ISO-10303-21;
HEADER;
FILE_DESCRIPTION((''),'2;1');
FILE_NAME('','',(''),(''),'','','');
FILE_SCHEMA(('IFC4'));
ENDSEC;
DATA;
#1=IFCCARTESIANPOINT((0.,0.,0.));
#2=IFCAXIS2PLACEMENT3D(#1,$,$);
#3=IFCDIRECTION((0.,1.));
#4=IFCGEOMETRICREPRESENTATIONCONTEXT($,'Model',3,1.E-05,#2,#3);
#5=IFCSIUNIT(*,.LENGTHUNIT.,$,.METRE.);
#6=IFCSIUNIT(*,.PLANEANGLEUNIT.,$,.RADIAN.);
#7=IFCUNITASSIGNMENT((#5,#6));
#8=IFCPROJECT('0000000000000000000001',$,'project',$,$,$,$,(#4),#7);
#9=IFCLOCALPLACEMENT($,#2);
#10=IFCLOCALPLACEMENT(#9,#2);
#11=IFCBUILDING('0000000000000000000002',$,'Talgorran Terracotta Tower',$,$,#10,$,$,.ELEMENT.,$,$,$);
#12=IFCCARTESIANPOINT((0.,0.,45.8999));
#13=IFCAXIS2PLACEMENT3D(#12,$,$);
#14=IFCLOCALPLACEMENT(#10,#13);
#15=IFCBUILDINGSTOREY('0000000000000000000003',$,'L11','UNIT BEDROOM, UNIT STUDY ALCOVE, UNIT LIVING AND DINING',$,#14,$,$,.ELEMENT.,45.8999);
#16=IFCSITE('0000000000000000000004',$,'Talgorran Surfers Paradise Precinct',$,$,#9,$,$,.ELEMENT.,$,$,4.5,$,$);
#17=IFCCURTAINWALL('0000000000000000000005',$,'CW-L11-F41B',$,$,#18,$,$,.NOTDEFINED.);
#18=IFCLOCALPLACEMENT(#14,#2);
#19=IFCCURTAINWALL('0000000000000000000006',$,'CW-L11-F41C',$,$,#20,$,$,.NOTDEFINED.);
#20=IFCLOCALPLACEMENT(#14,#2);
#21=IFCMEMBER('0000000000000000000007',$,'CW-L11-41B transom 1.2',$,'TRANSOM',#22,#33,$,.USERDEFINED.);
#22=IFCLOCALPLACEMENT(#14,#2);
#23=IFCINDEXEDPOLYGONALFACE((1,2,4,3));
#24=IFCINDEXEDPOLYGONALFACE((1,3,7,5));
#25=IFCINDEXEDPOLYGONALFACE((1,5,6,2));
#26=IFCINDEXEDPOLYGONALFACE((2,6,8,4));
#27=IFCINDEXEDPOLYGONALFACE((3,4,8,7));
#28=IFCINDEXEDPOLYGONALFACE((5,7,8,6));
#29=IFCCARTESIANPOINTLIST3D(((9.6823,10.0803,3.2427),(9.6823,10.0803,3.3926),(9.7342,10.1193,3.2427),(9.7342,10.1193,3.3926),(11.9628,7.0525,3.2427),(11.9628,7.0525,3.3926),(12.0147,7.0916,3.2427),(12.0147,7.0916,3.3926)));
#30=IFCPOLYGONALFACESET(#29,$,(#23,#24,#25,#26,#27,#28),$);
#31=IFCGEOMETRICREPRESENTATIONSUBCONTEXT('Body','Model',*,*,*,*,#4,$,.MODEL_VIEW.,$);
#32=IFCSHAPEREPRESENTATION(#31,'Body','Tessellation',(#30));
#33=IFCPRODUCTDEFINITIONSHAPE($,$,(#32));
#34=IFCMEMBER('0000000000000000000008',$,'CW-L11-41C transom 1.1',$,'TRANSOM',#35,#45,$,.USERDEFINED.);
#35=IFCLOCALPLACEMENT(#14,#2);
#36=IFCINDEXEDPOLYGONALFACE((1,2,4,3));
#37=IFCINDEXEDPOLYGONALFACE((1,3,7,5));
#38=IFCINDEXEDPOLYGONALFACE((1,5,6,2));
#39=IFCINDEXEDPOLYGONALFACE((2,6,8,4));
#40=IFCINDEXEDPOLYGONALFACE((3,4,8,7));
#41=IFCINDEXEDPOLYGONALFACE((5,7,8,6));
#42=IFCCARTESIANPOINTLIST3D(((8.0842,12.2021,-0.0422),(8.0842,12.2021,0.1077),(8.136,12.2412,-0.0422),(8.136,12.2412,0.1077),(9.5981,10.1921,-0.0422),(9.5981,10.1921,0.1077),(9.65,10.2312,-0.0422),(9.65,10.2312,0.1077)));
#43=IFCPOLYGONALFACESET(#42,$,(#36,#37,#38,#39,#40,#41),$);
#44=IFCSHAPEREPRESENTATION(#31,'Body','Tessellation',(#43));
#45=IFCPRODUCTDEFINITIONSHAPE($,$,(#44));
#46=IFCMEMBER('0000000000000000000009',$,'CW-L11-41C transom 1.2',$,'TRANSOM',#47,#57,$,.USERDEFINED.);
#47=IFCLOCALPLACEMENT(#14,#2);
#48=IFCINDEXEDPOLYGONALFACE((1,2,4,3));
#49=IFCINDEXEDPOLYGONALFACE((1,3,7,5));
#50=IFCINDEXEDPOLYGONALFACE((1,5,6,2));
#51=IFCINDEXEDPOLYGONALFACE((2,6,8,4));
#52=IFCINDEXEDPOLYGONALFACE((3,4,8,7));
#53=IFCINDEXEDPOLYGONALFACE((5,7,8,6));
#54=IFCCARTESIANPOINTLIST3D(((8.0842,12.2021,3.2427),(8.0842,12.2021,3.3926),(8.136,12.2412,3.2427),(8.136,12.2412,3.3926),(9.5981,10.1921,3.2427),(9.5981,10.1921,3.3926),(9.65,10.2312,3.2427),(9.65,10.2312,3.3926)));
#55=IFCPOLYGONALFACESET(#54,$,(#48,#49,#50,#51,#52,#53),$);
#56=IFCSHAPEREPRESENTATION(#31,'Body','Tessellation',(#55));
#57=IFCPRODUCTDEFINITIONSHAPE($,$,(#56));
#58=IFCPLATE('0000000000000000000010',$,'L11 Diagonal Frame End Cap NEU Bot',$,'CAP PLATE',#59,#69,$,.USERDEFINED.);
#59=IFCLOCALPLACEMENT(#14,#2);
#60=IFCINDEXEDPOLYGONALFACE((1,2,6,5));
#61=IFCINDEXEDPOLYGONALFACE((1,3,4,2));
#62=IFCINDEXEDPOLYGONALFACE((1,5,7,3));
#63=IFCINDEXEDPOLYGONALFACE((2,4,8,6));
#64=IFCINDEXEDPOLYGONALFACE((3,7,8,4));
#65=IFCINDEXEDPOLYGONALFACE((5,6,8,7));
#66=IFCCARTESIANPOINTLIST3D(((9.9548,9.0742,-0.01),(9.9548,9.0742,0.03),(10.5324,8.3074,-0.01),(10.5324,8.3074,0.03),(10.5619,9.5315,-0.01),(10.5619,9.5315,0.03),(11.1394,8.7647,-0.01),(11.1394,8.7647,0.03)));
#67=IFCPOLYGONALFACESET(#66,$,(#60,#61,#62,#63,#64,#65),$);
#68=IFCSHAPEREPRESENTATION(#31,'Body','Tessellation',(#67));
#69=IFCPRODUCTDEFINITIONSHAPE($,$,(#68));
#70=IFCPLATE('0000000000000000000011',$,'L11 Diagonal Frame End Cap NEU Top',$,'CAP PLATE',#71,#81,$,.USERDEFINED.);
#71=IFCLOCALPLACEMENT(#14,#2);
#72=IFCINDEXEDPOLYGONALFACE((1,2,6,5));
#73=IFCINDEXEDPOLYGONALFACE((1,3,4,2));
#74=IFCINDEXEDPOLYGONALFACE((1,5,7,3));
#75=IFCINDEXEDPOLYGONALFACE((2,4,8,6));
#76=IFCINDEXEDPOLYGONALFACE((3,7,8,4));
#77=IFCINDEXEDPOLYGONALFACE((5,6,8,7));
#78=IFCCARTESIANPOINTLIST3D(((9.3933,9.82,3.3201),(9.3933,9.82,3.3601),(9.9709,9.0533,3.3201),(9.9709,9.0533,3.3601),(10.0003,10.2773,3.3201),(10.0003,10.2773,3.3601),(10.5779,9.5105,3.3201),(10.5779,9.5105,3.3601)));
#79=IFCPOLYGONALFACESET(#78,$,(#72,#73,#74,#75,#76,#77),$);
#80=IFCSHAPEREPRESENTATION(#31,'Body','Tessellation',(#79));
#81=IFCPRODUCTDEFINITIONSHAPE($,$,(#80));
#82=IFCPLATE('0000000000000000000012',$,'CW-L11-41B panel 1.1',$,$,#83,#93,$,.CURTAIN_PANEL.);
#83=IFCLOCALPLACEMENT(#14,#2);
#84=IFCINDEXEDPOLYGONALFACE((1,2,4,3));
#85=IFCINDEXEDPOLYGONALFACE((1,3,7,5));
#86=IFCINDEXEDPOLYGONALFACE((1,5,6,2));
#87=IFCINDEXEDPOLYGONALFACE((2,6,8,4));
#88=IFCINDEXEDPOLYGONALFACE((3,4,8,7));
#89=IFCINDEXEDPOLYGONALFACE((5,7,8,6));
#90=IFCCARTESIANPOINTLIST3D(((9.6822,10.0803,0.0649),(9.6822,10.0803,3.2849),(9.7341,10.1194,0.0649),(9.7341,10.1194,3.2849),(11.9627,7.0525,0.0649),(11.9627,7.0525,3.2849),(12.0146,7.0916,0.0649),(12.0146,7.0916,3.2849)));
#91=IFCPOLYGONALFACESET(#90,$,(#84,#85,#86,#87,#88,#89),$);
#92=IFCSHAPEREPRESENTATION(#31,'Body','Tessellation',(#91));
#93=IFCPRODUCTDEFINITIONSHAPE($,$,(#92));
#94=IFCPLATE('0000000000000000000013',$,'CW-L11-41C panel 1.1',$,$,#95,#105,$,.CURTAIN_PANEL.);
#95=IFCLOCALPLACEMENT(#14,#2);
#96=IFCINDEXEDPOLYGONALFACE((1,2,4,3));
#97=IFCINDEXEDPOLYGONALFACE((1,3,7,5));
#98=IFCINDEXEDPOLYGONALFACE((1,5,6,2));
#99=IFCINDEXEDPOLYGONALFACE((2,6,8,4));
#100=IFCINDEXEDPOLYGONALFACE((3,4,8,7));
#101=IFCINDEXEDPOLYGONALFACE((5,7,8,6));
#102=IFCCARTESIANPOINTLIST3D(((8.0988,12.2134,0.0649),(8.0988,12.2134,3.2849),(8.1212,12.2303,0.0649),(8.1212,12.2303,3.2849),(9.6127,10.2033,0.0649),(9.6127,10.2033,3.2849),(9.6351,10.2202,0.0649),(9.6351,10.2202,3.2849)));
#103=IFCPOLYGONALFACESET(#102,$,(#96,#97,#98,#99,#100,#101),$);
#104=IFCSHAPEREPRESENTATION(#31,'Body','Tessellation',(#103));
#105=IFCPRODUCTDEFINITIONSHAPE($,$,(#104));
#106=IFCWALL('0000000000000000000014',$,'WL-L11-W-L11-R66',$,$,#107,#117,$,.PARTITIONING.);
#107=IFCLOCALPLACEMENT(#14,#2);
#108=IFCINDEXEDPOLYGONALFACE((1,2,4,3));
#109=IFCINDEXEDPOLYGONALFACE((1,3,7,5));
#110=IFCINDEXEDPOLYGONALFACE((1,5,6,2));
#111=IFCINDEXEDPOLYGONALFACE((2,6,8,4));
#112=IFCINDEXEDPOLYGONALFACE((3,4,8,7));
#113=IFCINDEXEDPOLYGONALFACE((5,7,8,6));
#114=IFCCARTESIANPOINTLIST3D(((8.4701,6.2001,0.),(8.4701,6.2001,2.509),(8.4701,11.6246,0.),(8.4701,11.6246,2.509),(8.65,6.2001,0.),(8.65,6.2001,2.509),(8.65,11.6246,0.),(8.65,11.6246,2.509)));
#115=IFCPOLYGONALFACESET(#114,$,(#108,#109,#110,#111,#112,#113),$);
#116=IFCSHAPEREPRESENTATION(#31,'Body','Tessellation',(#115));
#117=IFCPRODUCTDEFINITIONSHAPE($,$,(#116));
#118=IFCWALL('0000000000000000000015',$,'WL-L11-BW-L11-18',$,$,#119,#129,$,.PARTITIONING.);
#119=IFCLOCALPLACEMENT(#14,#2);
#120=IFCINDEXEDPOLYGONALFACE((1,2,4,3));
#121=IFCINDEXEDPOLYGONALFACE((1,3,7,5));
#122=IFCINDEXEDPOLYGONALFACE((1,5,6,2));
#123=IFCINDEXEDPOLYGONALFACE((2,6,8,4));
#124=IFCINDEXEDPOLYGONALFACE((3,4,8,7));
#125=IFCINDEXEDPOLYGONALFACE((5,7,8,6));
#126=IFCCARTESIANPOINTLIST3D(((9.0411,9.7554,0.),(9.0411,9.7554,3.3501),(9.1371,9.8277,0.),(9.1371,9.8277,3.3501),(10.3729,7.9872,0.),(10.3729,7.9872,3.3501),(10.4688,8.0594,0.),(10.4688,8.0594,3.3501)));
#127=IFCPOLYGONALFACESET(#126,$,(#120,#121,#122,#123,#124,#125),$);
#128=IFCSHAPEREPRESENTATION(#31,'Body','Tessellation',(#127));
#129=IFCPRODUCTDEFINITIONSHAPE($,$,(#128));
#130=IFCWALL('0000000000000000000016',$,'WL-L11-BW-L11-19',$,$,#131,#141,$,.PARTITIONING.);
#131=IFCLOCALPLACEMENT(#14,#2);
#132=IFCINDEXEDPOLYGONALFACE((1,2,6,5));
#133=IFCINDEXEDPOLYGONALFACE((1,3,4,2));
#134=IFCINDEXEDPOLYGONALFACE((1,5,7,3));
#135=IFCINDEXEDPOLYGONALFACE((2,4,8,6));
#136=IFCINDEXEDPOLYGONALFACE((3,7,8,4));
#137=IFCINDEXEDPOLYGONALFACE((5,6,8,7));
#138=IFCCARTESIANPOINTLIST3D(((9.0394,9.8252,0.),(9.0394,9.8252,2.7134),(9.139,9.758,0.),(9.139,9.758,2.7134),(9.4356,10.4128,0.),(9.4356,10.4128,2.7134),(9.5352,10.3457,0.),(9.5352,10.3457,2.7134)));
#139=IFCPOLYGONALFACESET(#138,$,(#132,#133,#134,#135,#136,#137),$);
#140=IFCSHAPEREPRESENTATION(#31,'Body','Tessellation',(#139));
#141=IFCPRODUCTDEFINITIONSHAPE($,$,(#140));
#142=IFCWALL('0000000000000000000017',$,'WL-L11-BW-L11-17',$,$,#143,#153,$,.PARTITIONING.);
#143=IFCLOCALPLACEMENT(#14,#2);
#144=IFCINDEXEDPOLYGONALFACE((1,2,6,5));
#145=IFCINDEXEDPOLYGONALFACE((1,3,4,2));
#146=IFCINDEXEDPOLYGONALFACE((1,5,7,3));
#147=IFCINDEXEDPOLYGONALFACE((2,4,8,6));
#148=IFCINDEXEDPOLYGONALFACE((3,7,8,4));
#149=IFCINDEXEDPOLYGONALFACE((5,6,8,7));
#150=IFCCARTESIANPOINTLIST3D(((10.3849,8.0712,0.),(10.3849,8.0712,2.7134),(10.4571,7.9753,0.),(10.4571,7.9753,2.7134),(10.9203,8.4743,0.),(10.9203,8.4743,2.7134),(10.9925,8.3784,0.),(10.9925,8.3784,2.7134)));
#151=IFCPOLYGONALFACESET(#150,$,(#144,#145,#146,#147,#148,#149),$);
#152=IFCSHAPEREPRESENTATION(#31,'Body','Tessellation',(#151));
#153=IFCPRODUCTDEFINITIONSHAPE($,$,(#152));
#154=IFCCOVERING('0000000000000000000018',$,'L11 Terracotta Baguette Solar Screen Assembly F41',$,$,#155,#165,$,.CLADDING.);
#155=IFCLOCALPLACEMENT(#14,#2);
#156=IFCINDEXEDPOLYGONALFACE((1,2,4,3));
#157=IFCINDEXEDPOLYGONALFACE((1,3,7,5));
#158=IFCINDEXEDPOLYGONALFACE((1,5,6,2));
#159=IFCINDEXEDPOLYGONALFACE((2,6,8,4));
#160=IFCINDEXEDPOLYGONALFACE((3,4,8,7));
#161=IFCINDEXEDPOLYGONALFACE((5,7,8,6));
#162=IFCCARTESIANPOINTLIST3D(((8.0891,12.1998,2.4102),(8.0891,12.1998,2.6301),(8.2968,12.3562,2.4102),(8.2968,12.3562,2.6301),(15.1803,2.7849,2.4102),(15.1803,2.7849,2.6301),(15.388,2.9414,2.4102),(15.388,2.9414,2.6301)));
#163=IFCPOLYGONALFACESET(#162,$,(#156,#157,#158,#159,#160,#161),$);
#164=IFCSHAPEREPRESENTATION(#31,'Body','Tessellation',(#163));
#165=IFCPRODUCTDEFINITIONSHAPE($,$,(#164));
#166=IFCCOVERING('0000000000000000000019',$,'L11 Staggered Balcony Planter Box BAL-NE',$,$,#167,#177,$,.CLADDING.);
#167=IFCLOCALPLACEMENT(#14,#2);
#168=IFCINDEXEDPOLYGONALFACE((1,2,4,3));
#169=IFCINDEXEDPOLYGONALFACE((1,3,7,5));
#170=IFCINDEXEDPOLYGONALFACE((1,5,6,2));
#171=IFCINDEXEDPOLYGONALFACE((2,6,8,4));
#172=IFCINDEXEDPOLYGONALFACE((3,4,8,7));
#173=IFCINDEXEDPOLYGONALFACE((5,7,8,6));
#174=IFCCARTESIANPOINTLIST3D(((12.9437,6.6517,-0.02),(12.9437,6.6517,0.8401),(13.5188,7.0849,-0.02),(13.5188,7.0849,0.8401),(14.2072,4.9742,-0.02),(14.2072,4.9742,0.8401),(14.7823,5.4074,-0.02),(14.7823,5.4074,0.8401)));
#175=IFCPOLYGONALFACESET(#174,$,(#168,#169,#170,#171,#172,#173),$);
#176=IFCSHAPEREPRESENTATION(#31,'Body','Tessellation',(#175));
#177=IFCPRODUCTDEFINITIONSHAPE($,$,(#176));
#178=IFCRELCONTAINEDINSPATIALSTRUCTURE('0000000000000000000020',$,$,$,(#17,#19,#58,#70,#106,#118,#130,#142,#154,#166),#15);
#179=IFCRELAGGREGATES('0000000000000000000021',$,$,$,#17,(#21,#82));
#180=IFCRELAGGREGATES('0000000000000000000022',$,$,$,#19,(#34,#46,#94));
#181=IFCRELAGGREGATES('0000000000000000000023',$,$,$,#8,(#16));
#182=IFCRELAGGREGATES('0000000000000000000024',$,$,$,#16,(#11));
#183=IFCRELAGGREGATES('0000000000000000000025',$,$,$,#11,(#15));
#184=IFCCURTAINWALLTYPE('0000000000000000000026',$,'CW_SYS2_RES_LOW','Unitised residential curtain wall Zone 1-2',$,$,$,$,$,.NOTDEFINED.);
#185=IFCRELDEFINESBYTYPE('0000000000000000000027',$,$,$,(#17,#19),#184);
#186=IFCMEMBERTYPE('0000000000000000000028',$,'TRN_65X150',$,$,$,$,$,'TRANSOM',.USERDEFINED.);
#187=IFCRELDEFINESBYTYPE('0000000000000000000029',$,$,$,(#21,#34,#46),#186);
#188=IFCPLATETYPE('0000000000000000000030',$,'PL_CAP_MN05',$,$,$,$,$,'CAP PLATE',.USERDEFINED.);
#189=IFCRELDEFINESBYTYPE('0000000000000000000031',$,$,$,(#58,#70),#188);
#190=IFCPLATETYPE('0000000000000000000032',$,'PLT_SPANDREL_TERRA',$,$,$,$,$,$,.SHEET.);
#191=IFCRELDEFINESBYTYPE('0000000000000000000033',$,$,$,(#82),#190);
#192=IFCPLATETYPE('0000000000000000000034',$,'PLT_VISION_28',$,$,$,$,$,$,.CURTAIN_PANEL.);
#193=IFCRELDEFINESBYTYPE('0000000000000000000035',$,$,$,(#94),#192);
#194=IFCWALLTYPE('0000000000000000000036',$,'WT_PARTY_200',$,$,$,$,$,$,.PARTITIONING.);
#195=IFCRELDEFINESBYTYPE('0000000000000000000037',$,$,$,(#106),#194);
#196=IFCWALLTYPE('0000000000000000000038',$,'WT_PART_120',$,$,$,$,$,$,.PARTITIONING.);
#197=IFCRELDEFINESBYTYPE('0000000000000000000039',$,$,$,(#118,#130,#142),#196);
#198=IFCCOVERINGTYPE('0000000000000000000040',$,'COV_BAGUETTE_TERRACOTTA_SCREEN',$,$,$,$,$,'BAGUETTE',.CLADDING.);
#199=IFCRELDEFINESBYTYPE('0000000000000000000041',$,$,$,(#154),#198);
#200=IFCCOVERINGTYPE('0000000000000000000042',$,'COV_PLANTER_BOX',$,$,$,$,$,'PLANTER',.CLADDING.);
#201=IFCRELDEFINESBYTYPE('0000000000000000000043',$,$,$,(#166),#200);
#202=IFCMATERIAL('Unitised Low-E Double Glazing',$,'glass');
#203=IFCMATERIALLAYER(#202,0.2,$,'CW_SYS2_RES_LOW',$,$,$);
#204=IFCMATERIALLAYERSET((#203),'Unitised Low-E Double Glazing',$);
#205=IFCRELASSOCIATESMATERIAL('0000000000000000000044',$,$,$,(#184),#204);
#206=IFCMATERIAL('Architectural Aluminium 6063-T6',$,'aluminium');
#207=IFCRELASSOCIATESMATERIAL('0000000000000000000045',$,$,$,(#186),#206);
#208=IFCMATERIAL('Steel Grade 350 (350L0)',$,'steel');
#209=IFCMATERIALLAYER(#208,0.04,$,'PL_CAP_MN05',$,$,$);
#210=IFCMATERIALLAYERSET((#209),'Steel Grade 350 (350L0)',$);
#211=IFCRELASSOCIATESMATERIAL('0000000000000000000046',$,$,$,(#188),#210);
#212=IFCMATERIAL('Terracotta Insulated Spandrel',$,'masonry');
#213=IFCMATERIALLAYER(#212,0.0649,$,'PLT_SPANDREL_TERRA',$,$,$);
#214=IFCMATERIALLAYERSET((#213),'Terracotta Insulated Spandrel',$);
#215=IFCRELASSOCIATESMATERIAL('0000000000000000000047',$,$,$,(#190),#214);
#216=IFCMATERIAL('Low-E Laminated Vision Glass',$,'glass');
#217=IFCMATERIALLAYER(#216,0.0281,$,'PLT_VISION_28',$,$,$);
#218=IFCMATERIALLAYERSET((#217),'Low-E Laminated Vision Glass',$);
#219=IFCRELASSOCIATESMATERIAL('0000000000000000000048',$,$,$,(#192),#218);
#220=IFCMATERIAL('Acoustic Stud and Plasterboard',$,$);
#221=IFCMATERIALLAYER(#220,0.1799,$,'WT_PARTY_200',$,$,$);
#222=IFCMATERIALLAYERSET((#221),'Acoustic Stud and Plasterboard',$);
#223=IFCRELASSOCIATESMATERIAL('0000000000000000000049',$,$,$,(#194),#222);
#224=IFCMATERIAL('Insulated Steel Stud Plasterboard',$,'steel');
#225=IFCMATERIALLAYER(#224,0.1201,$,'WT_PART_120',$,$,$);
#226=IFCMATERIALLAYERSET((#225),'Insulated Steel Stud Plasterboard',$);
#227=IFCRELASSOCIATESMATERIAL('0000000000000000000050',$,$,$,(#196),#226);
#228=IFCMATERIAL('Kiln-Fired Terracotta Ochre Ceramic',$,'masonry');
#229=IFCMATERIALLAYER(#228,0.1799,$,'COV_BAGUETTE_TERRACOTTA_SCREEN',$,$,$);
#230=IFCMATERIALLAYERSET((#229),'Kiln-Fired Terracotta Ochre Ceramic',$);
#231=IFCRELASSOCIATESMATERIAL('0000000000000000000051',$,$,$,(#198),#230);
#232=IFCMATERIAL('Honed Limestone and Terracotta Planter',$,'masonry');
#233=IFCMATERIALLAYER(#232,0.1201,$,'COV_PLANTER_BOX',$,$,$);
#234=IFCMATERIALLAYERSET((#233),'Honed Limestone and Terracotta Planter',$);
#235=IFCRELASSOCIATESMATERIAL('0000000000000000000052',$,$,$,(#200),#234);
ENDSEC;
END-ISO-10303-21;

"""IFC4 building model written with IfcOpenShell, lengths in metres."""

from ifc_helpers import new_model, si_unit, direction, frame, frame_2d, origin, origin_2d, place, context, subcontext, project, spatial, rectangle, extrude, source, transform, mapped, material, layer, layer_set, material_profile, profile_set, type_object, type_shapes, element, aggregate, save


model = new_model("IFC4")

# Units and contexts
model_context = context("Model", 3, precision=1e-05, world=origin(), true_north=direction((0.0, 1.0)))
body_context = subcontext(model_context, "Body", "Model", "MODEL_VIEW")
ifc_project = project(units=[si_unit("LENGTHUNIT", "METRE"), si_unit("PLANEANGLEUNIT", "RADIAN")], contexts=[model_context])

# Site, building, storey
site_placement = place(None, origin())
site = spatial("IfcSite", under=ifc_project, at=site_placement, Name="Talgorran Surfers Paradise Precinct", CompositionType="ELEMENT", RefElevation=4.5)
building_placement = place(site_placement, origin())
building = spatial("IfcBuilding", under=site, at=building_placement, Name="Talgorran Terracotta Tower", CompositionType="ELEMENT")
storey_placement = place(building_placement, frame((0.0, 0.0, 45.8999)))
storey = spatial("IfcBuildingStorey", under=building, at=storey_placement, Name="L11", Description="UNIT BEDROOM, UNIT STUDY ALCOVE, UNIT LIVING AND DINING", CompositionType="ELEMENT", Elevation=45.8999)

# Shared definitions
ifc_material_1 = material(Name="Steel Grade 350 (350L0)", Category="steel")

# Shared definitions
ifc_material_2 = material(Name="Unitised Low-E Double Glazing", Category="glass")
ifc_layer_1 = layer(ifc_material_2, 0.2, Name="CW_SYS2_RES_LOW")
ifc_layer_set_1 = layer_set([ifc_layer_1], Name="Unitised Low-E Double Glazing")
curtain_wall_type = type_object("IfcCurtainWallType", Name="CW_SYS2_RES_LOW", Description="Unitised residential curtain wall Zone 1-2", PredefinedType="NOTDEFINED", material=ifc_layer_set_1)
ifc_material_3 = material(Name="Architectural Aluminium 6063-T6", Category="aluminium")

# Curtain wall
curtain_wall_1_placement = place(storey_placement, origin())
curtain_wall_1 = element("IfcCurtainWall", 1, at=curtain_wall_1_placement, inside=storey, type_object=curtain_wall_type, Name="CW-L11-F41B", PredefinedType="NOTDEFINED")

# Curtain wall
curtain_wall_2_placement = place(storey_placement, origin())
curtain_wall_2 = element("IfcCurtainWall", 2, at=curtain_wall_2_placement, inside=storey, type_object=curtain_wall_type, Name="CW-L11-F41C", PredefinedType="NOTDEFINED")

# Members
ifc_material_profile_1 = material_profile(ifc_material_3, rectangle(XDim=0.0649, YDim=0.1499, at=origin_2d()), Name="CWT65X150")
ifc_profile_set_1 = profile_set([ifc_material_profile_1], Name="Architectural Aluminium 6063-T6")
member_type_1 = type_object("IfcMemberType", Name="TRN_65X150", ElementType="TRANSOM", PredefinedType="USERDEFINED", material=ifc_profile_set_1)
member_1_placement = place(storey_placement, frame((11.9888, 7.072, 3.3176), z_axis=(-0.601627, 0.798777, 0.0), x_axis=(-0.798777, -0.601627, 0.0)))
member_1 = element("IfcMember", 3, at=member_1_placement, type_object=member_type_1, Name="CW-L11-41B transom 1.2", ObjectType="TRANSOM", PredefinedType="USERDEFINED", context=body_context, shape_type="SweptSolid", body=[
    extrude(rectangle(XDim=0.0649, YDim=0.1499, at=origin_2d()), origin(), (0.0, 0.0, 1.0), 3.7905),
])
member_2_placement = place(storey_placement, frame((9.624, 10.2117, 0.0327), z_axis=(-0.601629, 0.798776, 0.0), x_axis=(-0.798776, -0.601629, 0.0)))
member_2 = element("IfcMember", 4, at=member_2_placement, type_object=member_type_1, Name="CW-L11-41C transom 1.1", ObjectType="TRANSOM", PredefinedType="USERDEFINED", context=body_context, shape_type="SweptSolid", body=[
    extrude(rectangle(XDim=0.0649, YDim=0.1499, at=origin_2d()), origin(), (0.0, 0.0, 1.0), 2.5164),
])
member_3_placement = place(storey_placement, frame((9.624, 10.2117, 3.3176), z_axis=(-0.601629, 0.798776, 0.0), x_axis=(-0.798776, -0.601629, 0.0)))
member_3 = element("IfcMember", 5, at=member_3_placement, type_object=member_type_1, Name="CW-L11-41C transom 1.2", ObjectType="TRANSOM", PredefinedType="USERDEFINED", context=body_context, shape_type="SweptSolid", body=[
    extrude(rectangle(XDim=0.0649, YDim=0.1499, at=origin_2d()), origin(), (0.0, 0.0, 1.0), 2.5164),
])

# Plates
ifc_layer_2 = layer(ifc_material_1, 0.04, Name="PL_CAP_MN05")
ifc_layer_set_2 = layer_set([ifc_layer_2], Name="Steel Grade 350 (350L0)")
plate_type_1 = type_object("IfcPlateType", Name="PL_CAP_MN05", ElementType="CAP PLATE", PredefinedType="USERDEFINED", material=ifc_layer_set_2)
for number, where, z_axis, x_axis, name in (
    (6, (10.5471, 8.9194, -0.01), (0.0, 0.0, 1.0), (-0.601676, 0.798741, 0.0), "L11 Diagonal Frame End Cap NEU Bot"),
    (7, (9.9856, 9.6653, 3.3201), (0.0, 0.0, 1.0), (-0.601676, 0.798741, 0.0), "L11 Diagonal Frame End Cap NEU Top"),
):
    element("IfcPlate", number, at=place(storey_placement, frame(where, z_axis=z_axis, x_axis=x_axis)), inside=storey, type_object=plate_type_1, Name=name, ObjectType="CAP PLATE", PredefinedType="USERDEFINED", context=body_context, shape_type="SweptSolid", body=[
        extrude(rectangle(XDim=0.96, YDim=0.76, at=origin_2d()), origin(), (0.0, 0.0, 1.0), 0.04),
    ])

# Plates
ifc_material_4 = material(Name="Terracotta Insulated Spandrel", Category="masonry")
ifc_layer_3 = layer(ifc_material_4, 0.0649, Name="PLT_SPANDREL_TERRA")
ifc_layer_set_3 = layer_set([ifc_layer_3], Name="Terracotta Insulated Spandrel")
plate_type_2 = type_object("IfcPlateType", Name="PLT_SPANDREL_TERRA", PredefinedType="SHEET", material=ifc_layer_set_3)
shared_shape_1 = source(origin(), body_context, "Body", "SweptSolid", [
    extrude(rectangle(XDim=3.7905, YDim=0.0649, at=origin_2d()), origin(), (0.0, 0.0, 1.0), 3.22),
])
type_shapes(plate_type_2, [shared_shape_1])
plate_1_placement = place(storey_placement, frame((10.8484, 8.5859, 0.0649), z_axis=(0.0, 0.0, 1.0), x_axis=(-0.601631, 0.798774, 0.0)))
plate_1 = element("IfcPlate", 8, at=plate_1_placement, type_object=plate_type_2, Name="CW-L11-41B panel 1.1", PredefinedType="CURTAIN_PANEL", context=body_context, shape_type="MappedRepresentation", body=[
    mapped(shared_shape_1, transform((0.0, 0.0, 0.0), scale=1.0)),
])
aggregate(curtain_wall_1, [member_1, plate_1])
ifc_material_5 = material(Name="Low-E Laminated Vision Glass", Category="glass")
ifc_layer_4 = layer(ifc_material_5, 0.0281, Name="PLT_VISION_28")
ifc_layer_set_4 = layer_set([ifc_layer_4], Name="Low-E Laminated Vision Glass")
plate_type_3 = type_object("IfcPlateType", Name="PLT_VISION_28", PredefinedType="CURTAIN_PANEL", material=ifc_layer_set_4)
shared_shape_2 = source(origin(), body_context, "Body", "SweptSolid", [
    extrude(rectangle(XDim=2.5164, YDim=0.0281, at=origin_2d()), origin(), (0.0, 0.0, 1.0), 3.22),
])
type_shapes(plate_type_3, [shared_shape_2])
plate_2_placement = place(storey_placement, frame((8.8669, 11.2168, 0.0649), z_axis=(0.0, 0.0, 1.0), x_axis=(-0.601613, 0.798788, 0.0)))
plate_2 = element("IfcPlate", 9, at=plate_2_placement, type_object=plate_type_3, Name="CW-L11-41C panel 1.1", PredefinedType="CURTAIN_PANEL", context=body_context, shape_type="MappedRepresentation", body=[
    mapped(shared_shape_2, transform((0.0, 0.0, 0.0), scale=1.0)),
])
aggregate(curtain_wall_2, [member_2, member_3, plate_2])

# Walls
ifc_material_6 = material(Name="Acoustic Stud and Plasterboard")
ifc_layer_5 = layer(ifc_material_6, 0.1799, Name="WT_PARTY_200")
ifc_layer_set_5 = layer_set([ifc_layer_5], Name="Acoustic Stud and Plasterboard")
wall_type_1 = type_object("IfcWallType", Name="WT_PARTY_200", PredefinedType="PARTITIONING", material=ifc_layer_set_5)
wall_1_placement = place(storey_placement, frame((8.5601, 6.2, 0.0), z_axis=(0.0, 0.0, 1.0), x_axis=(0.0, 1.0, 0.0)))
element("IfcWall", 10, at=wall_1_placement, inside=storey, type_object=wall_type_1, Name="WL-L11-W-L11-R66", PredefinedType="PARTITIONING", context=body_context, shape_type="SweptSolid", body=[
    extrude(rectangle(XDim=5.4246, YDim=0.1799, at=frame_2d((2.7124, 0.0))), origin(), (0.0, 0.0, 1.0), 2.509),
])
ifc_material_7 = material(Name="Insulated Steel Stud Plasterboard", Category="steel")
ifc_layer_6 = layer(ifc_material_7, 0.1201, Name="WT_PART_120")
ifc_layer_set_6 = layer_set([ifc_layer_6], Name="Insulated Steel Stud Plasterboard")
wall_type_2 = type_object("IfcWallType", Name="WT_PART_120", PredefinedType="PARTITIONING", material=ifc_layer_set_6)
wall_2_placement = place(storey_placement, frame((10.4209, 8.0232, 0.0), z_axis=(0.0, 0.0, 1.0), x_axis=(-0.601605, 0.798794, 0.0)))
element("IfcWall", 11, at=wall_2_placement, inside=storey, type_object=wall_type_2, Name="WL-L11-BW-L11-18", PredefinedType="PARTITIONING", context=body_context, shape_type="SweptSolid", body=[
    extrude(rectangle(XDim=2.2136, YDim=0.1201, at=frame_2d((1.1069, 0.0))), origin(), (0.0, 0.0, 1.0), 3.3501),
])
wall_3_placement = place(storey_placement, frame((9.0891, 9.7915, 0.0), z_axis=(0.0, 0.0, 1.0), x_axis=(0.559065, 0.829124, 0.0)))
element("IfcWall", 12, at=wall_3_placement, inside=storey, type_object=wall_type_2, Name="WL-L11-BW-L11-19", PredefinedType="PARTITIONING", context=body_context, shape_type="SweptSolid", body=[
    extrude(rectangle(XDim=0.7087, YDim=0.1201, at=frame_2d((0.3545, 0.0))), origin(), (0.0, 0.0, 1.0), 2.7134),
])
wall_4_placement = place(storey_placement, frame((10.9563, 8.4263, 0.0), z_axis=(0.0, 0.0, 1.0), x_axis=(-0.798906, -0.601456, 0.0)))
element("IfcWall", 13, at=wall_4_placement, inside=storey, type_object=wall_type_2, Name="WL-L11-BW-L11-17", PredefinedType="PARTITIONING", context=body_context, shape_type="SweptSolid", body=[
    extrude(rectangle(XDim=0.6702, YDim=0.1201, at=frame_2d((0.335, 0.0))), origin(), (0.0, 0.0, 1.0), 2.7134),
])

# Coverings
ifc_material_8 = material(Name="Kiln-Fired Terracotta Ochre Ceramic", Category="masonry")
ifc_layer_7 = layer(ifc_material_8, 0.1799, Name="COV_BAGUETTE_TERRACOTTA_SCREEN")
ifc_layer_set_7 = layer_set([ifc_layer_7], Name="Kiln-Fired Terracotta Ochre Ceramic")
covering_type_1 = type_object("IfcCoveringType", Name="COV_BAGUETTE_TERRACOTTA_SCREEN", ElementType="BAGUETTE", PredefinedType="CLADDING", material=ifc_layer_set_7)
covering_1_placement = place(storey_placement, frame((11.7385, 7.5706, 2.4102), z_axis=(0.0, 0.0, 1.0), x_axis=(-0.601634, 0.798772, 0.0)))
element("IfcCovering", 14, at=covering_1_placement, inside=storey, type_object=covering_type_1, Name="L11 Terracotta Baguette Solar Screen Assembly F41", PredefinedType="CLADDING", context=body_context, shape_type="SweptSolid", body=[
    extrude(rectangle(XDim=11.7866, YDim=0.26, at=origin_2d()), origin(), (0.0, 0.0, 1.0), 0.22),
])
ifc_material_9 = material(Name="Honed Limestone and Terracotta Planter", Category="masonry")
ifc_layer_8 = layer(ifc_material_9, 0.1201, Name="COV_PLANTER_BOX")
ifc_layer_set_8 = layer_set([ifc_layer_8], Name="Honed Limestone and Terracotta Planter")
covering_type_2 = type_object("IfcCoveringType", Name="COV_PLANTER_BOX", ElementType="PLANTER", PredefinedType="CLADDING", material=ifc_layer_set_8)
covering_2_placement = place(storey_placement, frame((13.863, 6.0295, -0.02), z_axis=(0.0, 0.0, 1.0), x_axis=(-0.601634, 0.798772, 0.0)))
element("IfcCovering", 15, at=covering_2_placement, inside=storey, type_object=covering_type_2, Name="L11 Staggered Balcony Planter Box BAL-NE", PredefinedType="CLADDING", context=body_context, shape_type="SweptSolid", body=[
    extrude(rectangle(XDim=2.1001, YDim=0.72, at=origin_2d()), origin(), (0.0, 0.0, 1.0), 0.8601),
])

save(model, "model.ifc")
